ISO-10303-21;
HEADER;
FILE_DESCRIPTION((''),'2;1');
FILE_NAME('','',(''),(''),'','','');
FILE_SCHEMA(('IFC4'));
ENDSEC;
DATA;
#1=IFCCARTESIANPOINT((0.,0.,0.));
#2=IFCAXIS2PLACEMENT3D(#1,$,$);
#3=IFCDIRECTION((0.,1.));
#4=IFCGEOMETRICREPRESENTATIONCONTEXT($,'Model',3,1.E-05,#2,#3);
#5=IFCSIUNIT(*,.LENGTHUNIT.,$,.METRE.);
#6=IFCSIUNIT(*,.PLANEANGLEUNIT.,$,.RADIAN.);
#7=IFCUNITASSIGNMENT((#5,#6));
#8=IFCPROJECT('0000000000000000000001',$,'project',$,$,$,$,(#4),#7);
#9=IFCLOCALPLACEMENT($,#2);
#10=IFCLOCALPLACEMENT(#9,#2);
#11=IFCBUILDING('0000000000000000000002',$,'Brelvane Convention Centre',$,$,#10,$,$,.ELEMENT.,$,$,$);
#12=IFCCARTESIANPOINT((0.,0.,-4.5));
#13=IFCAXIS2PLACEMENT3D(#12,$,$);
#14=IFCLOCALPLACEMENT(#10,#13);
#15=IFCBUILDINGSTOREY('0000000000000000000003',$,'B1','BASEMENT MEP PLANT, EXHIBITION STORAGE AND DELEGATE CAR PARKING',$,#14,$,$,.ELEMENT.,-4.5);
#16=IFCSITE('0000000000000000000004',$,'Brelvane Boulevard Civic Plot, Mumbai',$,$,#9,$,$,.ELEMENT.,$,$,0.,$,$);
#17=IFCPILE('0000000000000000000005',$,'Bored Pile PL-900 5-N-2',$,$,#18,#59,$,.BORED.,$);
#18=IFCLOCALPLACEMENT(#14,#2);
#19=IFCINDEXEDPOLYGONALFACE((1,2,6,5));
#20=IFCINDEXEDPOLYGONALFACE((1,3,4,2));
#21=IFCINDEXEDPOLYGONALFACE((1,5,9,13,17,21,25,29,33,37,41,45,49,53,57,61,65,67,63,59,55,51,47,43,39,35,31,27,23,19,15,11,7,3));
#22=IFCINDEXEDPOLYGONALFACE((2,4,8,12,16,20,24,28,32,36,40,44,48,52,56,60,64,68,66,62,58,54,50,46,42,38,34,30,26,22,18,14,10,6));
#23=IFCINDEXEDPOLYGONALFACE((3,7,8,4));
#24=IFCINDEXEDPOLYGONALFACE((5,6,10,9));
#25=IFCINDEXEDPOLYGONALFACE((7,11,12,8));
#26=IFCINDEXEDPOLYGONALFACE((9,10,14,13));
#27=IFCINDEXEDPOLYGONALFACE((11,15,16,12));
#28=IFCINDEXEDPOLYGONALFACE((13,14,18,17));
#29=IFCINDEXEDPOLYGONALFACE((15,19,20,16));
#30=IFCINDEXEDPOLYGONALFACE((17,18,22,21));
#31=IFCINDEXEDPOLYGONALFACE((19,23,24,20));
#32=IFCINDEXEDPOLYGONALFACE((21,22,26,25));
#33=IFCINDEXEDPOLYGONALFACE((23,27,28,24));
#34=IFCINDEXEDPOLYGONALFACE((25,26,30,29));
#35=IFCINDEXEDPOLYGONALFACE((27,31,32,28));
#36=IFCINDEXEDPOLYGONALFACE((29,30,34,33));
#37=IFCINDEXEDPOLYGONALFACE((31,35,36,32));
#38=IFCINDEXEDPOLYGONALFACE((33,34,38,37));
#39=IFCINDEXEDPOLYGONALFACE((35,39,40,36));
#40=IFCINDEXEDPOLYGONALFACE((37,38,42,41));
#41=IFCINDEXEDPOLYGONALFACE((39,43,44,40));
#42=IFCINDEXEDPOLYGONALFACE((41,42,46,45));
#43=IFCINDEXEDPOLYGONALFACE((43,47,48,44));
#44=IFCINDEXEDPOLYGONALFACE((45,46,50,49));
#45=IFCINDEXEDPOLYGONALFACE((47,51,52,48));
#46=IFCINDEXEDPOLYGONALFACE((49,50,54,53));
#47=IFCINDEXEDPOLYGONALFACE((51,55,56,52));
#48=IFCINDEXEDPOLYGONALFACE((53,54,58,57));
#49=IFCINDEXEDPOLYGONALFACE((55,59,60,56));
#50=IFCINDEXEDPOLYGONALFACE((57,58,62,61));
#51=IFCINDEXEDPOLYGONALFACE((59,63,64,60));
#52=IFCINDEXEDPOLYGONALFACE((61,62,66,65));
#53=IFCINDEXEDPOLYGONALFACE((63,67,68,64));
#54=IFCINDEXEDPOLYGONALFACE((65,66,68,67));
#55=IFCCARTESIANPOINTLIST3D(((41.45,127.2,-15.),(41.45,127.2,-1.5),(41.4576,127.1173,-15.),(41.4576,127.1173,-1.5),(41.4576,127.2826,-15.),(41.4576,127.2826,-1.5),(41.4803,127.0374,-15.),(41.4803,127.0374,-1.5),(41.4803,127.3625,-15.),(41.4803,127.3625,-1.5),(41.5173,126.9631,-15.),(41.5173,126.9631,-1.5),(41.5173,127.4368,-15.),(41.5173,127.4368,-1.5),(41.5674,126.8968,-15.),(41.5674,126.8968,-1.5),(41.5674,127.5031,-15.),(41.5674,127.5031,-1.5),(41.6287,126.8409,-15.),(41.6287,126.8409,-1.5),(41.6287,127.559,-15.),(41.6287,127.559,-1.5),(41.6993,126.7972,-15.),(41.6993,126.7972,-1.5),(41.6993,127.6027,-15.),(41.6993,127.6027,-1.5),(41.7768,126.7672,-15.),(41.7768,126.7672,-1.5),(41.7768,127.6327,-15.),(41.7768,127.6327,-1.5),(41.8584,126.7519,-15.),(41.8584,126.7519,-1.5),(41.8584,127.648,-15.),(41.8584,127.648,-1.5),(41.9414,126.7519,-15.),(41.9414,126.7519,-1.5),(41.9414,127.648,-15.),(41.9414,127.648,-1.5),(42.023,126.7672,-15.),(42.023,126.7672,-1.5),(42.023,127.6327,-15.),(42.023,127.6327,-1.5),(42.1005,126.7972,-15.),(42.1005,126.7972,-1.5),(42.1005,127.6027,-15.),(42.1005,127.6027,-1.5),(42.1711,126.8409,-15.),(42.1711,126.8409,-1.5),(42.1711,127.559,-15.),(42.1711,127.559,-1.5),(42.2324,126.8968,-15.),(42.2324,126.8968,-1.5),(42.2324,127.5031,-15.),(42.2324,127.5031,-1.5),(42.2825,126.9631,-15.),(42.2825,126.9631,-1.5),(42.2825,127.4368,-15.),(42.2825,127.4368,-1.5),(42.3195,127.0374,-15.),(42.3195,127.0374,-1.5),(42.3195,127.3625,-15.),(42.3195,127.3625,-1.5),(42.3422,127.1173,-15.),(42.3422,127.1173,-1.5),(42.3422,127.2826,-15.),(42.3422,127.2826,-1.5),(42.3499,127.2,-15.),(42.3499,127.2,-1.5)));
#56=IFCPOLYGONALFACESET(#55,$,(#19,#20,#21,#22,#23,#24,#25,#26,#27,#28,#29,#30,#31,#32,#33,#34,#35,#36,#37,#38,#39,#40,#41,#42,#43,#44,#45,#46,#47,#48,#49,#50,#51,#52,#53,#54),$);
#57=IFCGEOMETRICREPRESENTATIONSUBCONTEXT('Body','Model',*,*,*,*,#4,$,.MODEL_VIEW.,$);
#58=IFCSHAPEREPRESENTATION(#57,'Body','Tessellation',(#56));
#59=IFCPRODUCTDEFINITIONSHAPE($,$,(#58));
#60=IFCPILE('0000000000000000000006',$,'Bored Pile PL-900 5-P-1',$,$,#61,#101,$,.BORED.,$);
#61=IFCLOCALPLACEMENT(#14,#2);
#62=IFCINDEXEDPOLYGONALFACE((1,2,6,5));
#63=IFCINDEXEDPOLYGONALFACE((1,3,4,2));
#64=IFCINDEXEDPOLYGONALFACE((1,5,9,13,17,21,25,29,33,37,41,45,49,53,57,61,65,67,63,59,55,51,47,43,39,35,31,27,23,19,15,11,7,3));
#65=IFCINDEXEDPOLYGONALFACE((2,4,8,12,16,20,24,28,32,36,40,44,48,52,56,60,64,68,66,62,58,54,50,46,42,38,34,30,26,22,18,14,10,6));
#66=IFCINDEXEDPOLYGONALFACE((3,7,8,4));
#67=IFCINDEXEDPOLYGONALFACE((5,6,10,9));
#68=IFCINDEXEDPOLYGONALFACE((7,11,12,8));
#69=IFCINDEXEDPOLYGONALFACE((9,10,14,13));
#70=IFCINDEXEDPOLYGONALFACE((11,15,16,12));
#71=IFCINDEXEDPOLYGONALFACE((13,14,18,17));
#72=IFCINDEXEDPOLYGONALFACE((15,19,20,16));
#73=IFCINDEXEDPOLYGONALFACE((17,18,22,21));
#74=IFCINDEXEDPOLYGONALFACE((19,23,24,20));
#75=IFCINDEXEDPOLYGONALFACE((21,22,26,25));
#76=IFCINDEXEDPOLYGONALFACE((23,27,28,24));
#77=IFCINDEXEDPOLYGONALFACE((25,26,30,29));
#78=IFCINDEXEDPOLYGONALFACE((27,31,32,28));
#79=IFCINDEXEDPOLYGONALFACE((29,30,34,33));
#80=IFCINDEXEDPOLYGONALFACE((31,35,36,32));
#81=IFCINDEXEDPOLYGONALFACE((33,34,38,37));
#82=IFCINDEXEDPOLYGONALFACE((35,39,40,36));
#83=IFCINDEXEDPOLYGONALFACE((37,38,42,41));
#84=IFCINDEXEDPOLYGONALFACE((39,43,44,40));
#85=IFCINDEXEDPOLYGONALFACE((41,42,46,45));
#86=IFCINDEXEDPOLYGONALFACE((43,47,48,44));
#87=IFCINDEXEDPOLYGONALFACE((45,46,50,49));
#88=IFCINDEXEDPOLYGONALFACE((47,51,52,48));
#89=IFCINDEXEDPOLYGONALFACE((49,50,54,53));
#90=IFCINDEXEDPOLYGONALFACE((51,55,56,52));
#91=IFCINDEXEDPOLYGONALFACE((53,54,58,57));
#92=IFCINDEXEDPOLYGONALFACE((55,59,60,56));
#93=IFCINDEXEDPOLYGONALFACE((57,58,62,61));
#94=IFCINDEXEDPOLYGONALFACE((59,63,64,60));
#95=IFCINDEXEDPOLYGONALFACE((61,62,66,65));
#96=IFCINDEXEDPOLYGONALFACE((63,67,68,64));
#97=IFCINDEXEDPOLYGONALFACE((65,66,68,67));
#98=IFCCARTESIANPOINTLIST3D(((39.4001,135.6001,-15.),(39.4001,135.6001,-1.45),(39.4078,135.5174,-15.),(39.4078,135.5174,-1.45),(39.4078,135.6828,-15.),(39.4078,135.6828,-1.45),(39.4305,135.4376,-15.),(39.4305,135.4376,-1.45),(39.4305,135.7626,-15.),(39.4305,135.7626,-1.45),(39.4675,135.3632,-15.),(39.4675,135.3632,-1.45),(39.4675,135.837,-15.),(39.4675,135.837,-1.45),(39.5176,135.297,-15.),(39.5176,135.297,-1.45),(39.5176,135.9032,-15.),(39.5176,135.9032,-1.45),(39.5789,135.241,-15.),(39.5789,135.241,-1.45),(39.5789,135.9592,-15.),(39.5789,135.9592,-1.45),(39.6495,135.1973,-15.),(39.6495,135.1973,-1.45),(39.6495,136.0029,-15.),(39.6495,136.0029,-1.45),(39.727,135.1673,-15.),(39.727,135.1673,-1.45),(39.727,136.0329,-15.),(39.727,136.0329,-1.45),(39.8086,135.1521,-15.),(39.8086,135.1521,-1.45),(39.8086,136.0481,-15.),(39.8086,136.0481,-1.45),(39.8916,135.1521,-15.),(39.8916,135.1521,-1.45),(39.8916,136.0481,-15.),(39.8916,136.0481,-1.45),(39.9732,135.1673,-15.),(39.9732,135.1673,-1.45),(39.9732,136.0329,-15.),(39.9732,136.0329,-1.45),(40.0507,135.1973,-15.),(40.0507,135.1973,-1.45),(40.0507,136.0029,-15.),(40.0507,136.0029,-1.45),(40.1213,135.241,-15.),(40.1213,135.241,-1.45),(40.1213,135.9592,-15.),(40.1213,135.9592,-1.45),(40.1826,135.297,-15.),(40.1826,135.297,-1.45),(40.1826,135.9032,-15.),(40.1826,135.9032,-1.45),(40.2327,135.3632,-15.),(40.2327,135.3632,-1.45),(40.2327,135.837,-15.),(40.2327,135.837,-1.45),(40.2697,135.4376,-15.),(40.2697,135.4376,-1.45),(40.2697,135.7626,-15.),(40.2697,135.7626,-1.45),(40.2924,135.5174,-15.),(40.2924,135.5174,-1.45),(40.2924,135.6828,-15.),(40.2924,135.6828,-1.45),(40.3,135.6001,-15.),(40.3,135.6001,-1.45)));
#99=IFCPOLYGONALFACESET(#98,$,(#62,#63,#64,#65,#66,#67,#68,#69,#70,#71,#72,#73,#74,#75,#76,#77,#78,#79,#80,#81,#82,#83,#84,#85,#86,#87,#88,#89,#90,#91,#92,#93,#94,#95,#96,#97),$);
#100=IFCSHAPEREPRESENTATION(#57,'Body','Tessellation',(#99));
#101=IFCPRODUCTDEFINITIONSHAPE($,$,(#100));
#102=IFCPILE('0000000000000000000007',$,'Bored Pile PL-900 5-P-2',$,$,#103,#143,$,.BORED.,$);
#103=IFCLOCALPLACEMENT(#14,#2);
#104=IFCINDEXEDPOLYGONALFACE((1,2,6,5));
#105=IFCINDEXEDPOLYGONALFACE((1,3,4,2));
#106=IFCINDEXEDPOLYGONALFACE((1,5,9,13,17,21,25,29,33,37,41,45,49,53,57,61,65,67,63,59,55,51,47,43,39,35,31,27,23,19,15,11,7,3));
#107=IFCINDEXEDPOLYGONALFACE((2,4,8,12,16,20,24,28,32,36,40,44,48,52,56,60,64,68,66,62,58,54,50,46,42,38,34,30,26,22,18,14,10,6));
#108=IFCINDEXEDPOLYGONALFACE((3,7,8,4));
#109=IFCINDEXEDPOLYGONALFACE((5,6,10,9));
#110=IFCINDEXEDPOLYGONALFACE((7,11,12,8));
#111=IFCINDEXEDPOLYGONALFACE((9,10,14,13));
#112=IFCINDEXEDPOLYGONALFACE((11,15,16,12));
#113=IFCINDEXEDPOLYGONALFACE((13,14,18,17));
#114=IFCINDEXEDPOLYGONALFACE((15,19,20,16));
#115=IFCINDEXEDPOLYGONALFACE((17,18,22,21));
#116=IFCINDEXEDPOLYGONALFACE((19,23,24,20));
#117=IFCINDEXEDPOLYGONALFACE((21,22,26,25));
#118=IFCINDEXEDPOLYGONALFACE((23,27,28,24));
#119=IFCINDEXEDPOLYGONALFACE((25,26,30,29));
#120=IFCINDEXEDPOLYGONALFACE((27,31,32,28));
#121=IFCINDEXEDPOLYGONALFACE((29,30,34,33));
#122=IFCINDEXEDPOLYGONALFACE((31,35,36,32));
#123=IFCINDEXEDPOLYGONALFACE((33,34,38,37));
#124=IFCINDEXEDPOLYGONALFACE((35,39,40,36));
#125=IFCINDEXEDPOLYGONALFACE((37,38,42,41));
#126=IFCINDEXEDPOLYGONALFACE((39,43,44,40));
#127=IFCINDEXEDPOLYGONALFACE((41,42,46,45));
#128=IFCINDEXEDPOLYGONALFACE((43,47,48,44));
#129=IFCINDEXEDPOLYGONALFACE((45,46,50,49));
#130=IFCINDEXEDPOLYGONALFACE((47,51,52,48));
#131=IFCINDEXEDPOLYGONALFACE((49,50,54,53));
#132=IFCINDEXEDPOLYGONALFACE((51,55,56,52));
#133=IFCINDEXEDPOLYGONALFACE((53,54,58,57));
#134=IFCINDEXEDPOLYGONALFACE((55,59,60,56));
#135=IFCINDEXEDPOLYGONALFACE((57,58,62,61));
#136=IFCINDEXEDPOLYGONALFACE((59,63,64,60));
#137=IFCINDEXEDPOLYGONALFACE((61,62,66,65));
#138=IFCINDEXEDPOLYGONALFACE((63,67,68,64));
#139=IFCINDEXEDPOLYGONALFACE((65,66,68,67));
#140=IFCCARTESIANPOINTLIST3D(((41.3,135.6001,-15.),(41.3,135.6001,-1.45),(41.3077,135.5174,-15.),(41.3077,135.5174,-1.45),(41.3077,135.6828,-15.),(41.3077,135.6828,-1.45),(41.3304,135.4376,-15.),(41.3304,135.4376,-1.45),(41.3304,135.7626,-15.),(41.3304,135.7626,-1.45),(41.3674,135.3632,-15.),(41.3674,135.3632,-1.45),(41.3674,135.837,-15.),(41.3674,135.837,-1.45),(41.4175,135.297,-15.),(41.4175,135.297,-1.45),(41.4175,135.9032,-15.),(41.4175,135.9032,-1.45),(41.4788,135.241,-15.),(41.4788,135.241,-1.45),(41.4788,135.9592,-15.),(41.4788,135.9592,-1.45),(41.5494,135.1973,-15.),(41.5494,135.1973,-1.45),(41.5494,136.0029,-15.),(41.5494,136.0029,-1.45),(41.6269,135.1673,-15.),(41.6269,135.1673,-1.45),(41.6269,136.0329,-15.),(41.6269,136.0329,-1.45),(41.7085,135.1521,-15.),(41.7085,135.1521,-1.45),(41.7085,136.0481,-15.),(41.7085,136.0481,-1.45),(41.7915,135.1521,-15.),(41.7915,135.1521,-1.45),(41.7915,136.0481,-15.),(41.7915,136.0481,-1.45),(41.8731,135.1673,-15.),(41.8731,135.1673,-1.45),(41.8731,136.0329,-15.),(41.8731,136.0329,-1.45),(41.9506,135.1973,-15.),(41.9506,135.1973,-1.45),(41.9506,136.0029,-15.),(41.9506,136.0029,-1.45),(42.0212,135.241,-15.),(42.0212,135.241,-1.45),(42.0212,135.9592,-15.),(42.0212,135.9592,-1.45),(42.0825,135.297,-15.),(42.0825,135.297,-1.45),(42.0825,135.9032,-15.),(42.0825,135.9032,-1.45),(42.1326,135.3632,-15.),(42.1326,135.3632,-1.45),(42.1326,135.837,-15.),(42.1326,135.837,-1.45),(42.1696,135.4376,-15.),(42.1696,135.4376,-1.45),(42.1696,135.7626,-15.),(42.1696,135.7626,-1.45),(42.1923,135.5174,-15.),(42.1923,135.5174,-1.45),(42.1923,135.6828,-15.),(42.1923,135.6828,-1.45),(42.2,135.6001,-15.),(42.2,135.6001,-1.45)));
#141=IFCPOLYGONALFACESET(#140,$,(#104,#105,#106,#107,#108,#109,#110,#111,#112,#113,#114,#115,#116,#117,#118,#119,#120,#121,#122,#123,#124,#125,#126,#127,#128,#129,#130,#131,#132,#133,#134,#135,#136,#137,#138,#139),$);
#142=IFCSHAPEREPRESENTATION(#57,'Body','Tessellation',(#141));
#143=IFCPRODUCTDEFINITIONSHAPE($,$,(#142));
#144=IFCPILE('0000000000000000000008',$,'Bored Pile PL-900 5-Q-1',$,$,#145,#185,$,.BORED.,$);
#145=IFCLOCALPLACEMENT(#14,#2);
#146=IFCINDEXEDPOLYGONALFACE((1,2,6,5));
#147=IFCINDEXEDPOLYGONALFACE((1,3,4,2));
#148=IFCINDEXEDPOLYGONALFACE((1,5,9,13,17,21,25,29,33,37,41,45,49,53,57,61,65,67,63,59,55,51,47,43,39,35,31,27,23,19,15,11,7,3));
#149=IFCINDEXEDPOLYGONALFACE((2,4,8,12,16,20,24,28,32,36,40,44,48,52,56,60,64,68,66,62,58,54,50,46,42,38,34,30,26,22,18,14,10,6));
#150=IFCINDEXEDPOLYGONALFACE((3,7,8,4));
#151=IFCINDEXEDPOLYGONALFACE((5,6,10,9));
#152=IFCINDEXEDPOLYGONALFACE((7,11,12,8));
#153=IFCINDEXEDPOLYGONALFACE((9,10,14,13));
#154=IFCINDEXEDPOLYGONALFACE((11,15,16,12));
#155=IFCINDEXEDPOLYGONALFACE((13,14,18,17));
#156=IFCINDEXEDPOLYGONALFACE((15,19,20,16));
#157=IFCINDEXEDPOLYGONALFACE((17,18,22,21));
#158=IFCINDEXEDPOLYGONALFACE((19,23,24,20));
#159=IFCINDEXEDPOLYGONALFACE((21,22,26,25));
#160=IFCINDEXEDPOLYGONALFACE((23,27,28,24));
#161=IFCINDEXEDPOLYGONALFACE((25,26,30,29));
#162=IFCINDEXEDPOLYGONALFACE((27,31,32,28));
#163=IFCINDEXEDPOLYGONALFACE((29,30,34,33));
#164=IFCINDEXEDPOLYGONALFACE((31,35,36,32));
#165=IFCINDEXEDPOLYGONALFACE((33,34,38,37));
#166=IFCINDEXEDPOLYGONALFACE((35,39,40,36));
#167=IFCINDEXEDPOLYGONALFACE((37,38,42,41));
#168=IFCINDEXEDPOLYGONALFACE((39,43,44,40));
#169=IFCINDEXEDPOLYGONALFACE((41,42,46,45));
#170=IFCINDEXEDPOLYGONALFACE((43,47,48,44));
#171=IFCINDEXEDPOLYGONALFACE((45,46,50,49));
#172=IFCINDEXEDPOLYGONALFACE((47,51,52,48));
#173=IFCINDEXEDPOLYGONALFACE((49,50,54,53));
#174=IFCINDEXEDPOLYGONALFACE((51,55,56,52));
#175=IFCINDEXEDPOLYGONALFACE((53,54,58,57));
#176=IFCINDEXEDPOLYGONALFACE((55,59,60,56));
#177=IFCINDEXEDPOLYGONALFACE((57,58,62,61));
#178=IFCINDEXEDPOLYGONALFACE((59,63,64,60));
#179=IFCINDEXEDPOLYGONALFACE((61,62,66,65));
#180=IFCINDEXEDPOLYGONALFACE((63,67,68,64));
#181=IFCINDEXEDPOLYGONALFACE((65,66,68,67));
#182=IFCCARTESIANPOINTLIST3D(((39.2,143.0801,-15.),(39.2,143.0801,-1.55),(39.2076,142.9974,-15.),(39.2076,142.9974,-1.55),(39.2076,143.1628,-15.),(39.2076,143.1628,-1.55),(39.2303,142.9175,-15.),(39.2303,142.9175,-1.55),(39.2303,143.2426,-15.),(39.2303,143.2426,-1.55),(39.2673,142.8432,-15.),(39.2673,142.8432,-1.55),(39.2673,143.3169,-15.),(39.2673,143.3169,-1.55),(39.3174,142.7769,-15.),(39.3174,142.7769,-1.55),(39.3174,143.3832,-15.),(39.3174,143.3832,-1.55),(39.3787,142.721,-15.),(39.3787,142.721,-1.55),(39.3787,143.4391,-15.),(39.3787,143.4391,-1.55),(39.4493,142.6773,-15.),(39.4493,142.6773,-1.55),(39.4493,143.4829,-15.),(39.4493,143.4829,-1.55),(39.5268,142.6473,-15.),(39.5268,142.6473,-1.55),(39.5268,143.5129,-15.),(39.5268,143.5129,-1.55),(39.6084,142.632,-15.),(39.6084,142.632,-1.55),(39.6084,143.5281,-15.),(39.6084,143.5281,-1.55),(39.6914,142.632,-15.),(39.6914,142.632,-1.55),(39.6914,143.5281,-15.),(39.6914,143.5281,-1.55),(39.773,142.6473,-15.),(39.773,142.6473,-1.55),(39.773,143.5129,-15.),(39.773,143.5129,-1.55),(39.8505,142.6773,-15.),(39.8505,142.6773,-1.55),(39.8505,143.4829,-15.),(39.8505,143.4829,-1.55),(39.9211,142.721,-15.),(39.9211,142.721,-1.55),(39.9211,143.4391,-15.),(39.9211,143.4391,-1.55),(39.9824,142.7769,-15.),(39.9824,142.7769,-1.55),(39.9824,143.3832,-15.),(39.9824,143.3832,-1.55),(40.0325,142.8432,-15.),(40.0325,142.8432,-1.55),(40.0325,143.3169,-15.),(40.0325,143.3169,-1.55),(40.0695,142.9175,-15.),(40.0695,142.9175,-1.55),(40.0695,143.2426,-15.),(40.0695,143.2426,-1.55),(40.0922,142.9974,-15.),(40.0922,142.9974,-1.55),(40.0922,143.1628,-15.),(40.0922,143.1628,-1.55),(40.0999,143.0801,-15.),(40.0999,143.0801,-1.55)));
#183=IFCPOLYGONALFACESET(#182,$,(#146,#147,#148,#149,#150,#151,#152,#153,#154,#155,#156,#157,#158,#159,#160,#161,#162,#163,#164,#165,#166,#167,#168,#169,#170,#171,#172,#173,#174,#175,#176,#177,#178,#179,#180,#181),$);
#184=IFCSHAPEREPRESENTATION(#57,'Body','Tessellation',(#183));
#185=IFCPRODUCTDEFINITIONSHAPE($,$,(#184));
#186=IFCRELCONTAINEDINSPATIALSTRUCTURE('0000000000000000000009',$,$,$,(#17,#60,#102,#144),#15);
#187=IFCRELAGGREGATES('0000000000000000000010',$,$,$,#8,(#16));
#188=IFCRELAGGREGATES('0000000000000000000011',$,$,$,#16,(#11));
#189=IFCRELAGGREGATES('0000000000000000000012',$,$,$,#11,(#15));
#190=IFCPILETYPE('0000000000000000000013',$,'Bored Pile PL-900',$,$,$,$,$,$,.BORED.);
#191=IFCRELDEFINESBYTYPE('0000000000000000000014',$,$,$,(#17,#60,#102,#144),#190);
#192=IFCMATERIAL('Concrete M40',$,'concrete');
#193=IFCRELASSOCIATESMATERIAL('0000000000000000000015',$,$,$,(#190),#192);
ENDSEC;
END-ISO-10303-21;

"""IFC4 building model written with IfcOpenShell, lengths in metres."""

from ifc_helpers import new_model, si_unit, direction, frame, origin, origin_2d, place, context, subcontext, project, spatial, circle, extrude, material, material_profile, profile_set, type_object, element, save


model = new_model("IFC4")

# Units and contexts
model_context = context("Model", 3, precision=1e-05, world=origin(), true_north=direction((0.0, 1.0)))
body_context = subcontext(model_context, "Body", "Model", "MODEL_VIEW")
ifc_project = project(units=[si_unit("LENGTHUNIT", "METRE"), si_unit("PLANEANGLEUNIT", "RADIAN")], contexts=[model_context])

# Site, building, storey
site_placement = place(None, origin())
site = spatial("IfcSite", under=ifc_project, at=site_placement, Name="Brelvane Boulevard Civic Plot, Mumbai", CompositionType="ELEMENT", RefElevation=0.0)
building_placement = place(site_placement, origin())
building = spatial("IfcBuilding", under=site, at=building_placement, Name="Brelvane Convention Centre", CompositionType="ELEMENT")
storey_placement = place(building_placement, frame((0.0, 0.0, -4.5)))
storey = spatial("IfcBuildingStorey", under=building, at=storey_placement, Name="B1", Description="BASEMENT MEP PLANT, EXHIBITION STORAGE AND DELEGATE CAR PARKING", CompositionType="ELEMENT", Elevation=-4.5)

# Piles
ifc_material_1 = material(Name="Concrete M40", Category="concrete")
ifc_material_profile_1 = material_profile(ifc_material_1, circle(Radius=0.45, at=origin_2d()), Name="PILE D900")
ifc_profile_set_1 = profile_set([ifc_material_profile_1], Name="Concrete M40")
pile_type = type_object("IfcPileType", Name="Bored Pile PL-900", PredefinedType="BORED", material=ifc_profile_set_1)
for number, where, z_axis, x_axis, name in (
    (1, (41.8999, 127.2, -1.5), (0.0, 0.0, -1.0), (1.0, 0.0, 0.0), "Bored Pile PL-900 5-N-2"),
):
    element("IfcPile", number, at=place(storey_placement, frame(where, z_axis=z_axis, x_axis=x_axis)), inside=storey, type_object=pile_type, Name=name, PredefinedType="BORED", context=body_context, shape_type="SweptSolid", body=[
        extrude(circle(Radius=0.45, at=origin_2d()), origin(), (0.0, 0.0, 1.0), 13.5),
    ])
for number, where, z_axis, x_axis, name in (
    (2, (39.8501, 135.6001, -1.45), (0.0, 0.0, -1.0), (1.0, 0.0, 0.0), "Bored Pile PL-900 5-P-1"),
    (3, (41.75, 135.6001, -1.45), (0.0, 0.0, -1.0), (1.0, 0.0, 0.0), "Bored Pile PL-900 5-P-2"),
):
    element("IfcPile", number, at=place(storey_placement, frame(where, z_axis=z_axis, x_axis=x_axis)), inside=storey, type_object=pile_type, Name=name, PredefinedType="BORED", context=body_context, shape_type="SweptSolid", body=[
        extrude(circle(Radius=0.45, at=origin_2d()), origin(), (0.0, 0.0, 1.0), 13.55),
    ])
for number, where, z_axis, x_axis, name in (
    (4, (39.6499, 143.0801, -1.55), (0.0, 0.0, -1.0), (1.0, 0.0, 0.0), "Bored Pile PL-900 5-Q-1"),
):
    element("IfcPile", number, at=place(storey_placement, frame(where, z_axis=z_axis, x_axis=x_axis)), inside=storey, type_object=pile_type, Name=name, PredefinedType="BORED", context=body_context, shape_type="SweptSolid", body=[
        extrude(circle(Radius=0.45, at=origin_2d()), origin(), (0.0, 0.0, 1.0), 13.45),
    ])

save(model, "model.ifc")
